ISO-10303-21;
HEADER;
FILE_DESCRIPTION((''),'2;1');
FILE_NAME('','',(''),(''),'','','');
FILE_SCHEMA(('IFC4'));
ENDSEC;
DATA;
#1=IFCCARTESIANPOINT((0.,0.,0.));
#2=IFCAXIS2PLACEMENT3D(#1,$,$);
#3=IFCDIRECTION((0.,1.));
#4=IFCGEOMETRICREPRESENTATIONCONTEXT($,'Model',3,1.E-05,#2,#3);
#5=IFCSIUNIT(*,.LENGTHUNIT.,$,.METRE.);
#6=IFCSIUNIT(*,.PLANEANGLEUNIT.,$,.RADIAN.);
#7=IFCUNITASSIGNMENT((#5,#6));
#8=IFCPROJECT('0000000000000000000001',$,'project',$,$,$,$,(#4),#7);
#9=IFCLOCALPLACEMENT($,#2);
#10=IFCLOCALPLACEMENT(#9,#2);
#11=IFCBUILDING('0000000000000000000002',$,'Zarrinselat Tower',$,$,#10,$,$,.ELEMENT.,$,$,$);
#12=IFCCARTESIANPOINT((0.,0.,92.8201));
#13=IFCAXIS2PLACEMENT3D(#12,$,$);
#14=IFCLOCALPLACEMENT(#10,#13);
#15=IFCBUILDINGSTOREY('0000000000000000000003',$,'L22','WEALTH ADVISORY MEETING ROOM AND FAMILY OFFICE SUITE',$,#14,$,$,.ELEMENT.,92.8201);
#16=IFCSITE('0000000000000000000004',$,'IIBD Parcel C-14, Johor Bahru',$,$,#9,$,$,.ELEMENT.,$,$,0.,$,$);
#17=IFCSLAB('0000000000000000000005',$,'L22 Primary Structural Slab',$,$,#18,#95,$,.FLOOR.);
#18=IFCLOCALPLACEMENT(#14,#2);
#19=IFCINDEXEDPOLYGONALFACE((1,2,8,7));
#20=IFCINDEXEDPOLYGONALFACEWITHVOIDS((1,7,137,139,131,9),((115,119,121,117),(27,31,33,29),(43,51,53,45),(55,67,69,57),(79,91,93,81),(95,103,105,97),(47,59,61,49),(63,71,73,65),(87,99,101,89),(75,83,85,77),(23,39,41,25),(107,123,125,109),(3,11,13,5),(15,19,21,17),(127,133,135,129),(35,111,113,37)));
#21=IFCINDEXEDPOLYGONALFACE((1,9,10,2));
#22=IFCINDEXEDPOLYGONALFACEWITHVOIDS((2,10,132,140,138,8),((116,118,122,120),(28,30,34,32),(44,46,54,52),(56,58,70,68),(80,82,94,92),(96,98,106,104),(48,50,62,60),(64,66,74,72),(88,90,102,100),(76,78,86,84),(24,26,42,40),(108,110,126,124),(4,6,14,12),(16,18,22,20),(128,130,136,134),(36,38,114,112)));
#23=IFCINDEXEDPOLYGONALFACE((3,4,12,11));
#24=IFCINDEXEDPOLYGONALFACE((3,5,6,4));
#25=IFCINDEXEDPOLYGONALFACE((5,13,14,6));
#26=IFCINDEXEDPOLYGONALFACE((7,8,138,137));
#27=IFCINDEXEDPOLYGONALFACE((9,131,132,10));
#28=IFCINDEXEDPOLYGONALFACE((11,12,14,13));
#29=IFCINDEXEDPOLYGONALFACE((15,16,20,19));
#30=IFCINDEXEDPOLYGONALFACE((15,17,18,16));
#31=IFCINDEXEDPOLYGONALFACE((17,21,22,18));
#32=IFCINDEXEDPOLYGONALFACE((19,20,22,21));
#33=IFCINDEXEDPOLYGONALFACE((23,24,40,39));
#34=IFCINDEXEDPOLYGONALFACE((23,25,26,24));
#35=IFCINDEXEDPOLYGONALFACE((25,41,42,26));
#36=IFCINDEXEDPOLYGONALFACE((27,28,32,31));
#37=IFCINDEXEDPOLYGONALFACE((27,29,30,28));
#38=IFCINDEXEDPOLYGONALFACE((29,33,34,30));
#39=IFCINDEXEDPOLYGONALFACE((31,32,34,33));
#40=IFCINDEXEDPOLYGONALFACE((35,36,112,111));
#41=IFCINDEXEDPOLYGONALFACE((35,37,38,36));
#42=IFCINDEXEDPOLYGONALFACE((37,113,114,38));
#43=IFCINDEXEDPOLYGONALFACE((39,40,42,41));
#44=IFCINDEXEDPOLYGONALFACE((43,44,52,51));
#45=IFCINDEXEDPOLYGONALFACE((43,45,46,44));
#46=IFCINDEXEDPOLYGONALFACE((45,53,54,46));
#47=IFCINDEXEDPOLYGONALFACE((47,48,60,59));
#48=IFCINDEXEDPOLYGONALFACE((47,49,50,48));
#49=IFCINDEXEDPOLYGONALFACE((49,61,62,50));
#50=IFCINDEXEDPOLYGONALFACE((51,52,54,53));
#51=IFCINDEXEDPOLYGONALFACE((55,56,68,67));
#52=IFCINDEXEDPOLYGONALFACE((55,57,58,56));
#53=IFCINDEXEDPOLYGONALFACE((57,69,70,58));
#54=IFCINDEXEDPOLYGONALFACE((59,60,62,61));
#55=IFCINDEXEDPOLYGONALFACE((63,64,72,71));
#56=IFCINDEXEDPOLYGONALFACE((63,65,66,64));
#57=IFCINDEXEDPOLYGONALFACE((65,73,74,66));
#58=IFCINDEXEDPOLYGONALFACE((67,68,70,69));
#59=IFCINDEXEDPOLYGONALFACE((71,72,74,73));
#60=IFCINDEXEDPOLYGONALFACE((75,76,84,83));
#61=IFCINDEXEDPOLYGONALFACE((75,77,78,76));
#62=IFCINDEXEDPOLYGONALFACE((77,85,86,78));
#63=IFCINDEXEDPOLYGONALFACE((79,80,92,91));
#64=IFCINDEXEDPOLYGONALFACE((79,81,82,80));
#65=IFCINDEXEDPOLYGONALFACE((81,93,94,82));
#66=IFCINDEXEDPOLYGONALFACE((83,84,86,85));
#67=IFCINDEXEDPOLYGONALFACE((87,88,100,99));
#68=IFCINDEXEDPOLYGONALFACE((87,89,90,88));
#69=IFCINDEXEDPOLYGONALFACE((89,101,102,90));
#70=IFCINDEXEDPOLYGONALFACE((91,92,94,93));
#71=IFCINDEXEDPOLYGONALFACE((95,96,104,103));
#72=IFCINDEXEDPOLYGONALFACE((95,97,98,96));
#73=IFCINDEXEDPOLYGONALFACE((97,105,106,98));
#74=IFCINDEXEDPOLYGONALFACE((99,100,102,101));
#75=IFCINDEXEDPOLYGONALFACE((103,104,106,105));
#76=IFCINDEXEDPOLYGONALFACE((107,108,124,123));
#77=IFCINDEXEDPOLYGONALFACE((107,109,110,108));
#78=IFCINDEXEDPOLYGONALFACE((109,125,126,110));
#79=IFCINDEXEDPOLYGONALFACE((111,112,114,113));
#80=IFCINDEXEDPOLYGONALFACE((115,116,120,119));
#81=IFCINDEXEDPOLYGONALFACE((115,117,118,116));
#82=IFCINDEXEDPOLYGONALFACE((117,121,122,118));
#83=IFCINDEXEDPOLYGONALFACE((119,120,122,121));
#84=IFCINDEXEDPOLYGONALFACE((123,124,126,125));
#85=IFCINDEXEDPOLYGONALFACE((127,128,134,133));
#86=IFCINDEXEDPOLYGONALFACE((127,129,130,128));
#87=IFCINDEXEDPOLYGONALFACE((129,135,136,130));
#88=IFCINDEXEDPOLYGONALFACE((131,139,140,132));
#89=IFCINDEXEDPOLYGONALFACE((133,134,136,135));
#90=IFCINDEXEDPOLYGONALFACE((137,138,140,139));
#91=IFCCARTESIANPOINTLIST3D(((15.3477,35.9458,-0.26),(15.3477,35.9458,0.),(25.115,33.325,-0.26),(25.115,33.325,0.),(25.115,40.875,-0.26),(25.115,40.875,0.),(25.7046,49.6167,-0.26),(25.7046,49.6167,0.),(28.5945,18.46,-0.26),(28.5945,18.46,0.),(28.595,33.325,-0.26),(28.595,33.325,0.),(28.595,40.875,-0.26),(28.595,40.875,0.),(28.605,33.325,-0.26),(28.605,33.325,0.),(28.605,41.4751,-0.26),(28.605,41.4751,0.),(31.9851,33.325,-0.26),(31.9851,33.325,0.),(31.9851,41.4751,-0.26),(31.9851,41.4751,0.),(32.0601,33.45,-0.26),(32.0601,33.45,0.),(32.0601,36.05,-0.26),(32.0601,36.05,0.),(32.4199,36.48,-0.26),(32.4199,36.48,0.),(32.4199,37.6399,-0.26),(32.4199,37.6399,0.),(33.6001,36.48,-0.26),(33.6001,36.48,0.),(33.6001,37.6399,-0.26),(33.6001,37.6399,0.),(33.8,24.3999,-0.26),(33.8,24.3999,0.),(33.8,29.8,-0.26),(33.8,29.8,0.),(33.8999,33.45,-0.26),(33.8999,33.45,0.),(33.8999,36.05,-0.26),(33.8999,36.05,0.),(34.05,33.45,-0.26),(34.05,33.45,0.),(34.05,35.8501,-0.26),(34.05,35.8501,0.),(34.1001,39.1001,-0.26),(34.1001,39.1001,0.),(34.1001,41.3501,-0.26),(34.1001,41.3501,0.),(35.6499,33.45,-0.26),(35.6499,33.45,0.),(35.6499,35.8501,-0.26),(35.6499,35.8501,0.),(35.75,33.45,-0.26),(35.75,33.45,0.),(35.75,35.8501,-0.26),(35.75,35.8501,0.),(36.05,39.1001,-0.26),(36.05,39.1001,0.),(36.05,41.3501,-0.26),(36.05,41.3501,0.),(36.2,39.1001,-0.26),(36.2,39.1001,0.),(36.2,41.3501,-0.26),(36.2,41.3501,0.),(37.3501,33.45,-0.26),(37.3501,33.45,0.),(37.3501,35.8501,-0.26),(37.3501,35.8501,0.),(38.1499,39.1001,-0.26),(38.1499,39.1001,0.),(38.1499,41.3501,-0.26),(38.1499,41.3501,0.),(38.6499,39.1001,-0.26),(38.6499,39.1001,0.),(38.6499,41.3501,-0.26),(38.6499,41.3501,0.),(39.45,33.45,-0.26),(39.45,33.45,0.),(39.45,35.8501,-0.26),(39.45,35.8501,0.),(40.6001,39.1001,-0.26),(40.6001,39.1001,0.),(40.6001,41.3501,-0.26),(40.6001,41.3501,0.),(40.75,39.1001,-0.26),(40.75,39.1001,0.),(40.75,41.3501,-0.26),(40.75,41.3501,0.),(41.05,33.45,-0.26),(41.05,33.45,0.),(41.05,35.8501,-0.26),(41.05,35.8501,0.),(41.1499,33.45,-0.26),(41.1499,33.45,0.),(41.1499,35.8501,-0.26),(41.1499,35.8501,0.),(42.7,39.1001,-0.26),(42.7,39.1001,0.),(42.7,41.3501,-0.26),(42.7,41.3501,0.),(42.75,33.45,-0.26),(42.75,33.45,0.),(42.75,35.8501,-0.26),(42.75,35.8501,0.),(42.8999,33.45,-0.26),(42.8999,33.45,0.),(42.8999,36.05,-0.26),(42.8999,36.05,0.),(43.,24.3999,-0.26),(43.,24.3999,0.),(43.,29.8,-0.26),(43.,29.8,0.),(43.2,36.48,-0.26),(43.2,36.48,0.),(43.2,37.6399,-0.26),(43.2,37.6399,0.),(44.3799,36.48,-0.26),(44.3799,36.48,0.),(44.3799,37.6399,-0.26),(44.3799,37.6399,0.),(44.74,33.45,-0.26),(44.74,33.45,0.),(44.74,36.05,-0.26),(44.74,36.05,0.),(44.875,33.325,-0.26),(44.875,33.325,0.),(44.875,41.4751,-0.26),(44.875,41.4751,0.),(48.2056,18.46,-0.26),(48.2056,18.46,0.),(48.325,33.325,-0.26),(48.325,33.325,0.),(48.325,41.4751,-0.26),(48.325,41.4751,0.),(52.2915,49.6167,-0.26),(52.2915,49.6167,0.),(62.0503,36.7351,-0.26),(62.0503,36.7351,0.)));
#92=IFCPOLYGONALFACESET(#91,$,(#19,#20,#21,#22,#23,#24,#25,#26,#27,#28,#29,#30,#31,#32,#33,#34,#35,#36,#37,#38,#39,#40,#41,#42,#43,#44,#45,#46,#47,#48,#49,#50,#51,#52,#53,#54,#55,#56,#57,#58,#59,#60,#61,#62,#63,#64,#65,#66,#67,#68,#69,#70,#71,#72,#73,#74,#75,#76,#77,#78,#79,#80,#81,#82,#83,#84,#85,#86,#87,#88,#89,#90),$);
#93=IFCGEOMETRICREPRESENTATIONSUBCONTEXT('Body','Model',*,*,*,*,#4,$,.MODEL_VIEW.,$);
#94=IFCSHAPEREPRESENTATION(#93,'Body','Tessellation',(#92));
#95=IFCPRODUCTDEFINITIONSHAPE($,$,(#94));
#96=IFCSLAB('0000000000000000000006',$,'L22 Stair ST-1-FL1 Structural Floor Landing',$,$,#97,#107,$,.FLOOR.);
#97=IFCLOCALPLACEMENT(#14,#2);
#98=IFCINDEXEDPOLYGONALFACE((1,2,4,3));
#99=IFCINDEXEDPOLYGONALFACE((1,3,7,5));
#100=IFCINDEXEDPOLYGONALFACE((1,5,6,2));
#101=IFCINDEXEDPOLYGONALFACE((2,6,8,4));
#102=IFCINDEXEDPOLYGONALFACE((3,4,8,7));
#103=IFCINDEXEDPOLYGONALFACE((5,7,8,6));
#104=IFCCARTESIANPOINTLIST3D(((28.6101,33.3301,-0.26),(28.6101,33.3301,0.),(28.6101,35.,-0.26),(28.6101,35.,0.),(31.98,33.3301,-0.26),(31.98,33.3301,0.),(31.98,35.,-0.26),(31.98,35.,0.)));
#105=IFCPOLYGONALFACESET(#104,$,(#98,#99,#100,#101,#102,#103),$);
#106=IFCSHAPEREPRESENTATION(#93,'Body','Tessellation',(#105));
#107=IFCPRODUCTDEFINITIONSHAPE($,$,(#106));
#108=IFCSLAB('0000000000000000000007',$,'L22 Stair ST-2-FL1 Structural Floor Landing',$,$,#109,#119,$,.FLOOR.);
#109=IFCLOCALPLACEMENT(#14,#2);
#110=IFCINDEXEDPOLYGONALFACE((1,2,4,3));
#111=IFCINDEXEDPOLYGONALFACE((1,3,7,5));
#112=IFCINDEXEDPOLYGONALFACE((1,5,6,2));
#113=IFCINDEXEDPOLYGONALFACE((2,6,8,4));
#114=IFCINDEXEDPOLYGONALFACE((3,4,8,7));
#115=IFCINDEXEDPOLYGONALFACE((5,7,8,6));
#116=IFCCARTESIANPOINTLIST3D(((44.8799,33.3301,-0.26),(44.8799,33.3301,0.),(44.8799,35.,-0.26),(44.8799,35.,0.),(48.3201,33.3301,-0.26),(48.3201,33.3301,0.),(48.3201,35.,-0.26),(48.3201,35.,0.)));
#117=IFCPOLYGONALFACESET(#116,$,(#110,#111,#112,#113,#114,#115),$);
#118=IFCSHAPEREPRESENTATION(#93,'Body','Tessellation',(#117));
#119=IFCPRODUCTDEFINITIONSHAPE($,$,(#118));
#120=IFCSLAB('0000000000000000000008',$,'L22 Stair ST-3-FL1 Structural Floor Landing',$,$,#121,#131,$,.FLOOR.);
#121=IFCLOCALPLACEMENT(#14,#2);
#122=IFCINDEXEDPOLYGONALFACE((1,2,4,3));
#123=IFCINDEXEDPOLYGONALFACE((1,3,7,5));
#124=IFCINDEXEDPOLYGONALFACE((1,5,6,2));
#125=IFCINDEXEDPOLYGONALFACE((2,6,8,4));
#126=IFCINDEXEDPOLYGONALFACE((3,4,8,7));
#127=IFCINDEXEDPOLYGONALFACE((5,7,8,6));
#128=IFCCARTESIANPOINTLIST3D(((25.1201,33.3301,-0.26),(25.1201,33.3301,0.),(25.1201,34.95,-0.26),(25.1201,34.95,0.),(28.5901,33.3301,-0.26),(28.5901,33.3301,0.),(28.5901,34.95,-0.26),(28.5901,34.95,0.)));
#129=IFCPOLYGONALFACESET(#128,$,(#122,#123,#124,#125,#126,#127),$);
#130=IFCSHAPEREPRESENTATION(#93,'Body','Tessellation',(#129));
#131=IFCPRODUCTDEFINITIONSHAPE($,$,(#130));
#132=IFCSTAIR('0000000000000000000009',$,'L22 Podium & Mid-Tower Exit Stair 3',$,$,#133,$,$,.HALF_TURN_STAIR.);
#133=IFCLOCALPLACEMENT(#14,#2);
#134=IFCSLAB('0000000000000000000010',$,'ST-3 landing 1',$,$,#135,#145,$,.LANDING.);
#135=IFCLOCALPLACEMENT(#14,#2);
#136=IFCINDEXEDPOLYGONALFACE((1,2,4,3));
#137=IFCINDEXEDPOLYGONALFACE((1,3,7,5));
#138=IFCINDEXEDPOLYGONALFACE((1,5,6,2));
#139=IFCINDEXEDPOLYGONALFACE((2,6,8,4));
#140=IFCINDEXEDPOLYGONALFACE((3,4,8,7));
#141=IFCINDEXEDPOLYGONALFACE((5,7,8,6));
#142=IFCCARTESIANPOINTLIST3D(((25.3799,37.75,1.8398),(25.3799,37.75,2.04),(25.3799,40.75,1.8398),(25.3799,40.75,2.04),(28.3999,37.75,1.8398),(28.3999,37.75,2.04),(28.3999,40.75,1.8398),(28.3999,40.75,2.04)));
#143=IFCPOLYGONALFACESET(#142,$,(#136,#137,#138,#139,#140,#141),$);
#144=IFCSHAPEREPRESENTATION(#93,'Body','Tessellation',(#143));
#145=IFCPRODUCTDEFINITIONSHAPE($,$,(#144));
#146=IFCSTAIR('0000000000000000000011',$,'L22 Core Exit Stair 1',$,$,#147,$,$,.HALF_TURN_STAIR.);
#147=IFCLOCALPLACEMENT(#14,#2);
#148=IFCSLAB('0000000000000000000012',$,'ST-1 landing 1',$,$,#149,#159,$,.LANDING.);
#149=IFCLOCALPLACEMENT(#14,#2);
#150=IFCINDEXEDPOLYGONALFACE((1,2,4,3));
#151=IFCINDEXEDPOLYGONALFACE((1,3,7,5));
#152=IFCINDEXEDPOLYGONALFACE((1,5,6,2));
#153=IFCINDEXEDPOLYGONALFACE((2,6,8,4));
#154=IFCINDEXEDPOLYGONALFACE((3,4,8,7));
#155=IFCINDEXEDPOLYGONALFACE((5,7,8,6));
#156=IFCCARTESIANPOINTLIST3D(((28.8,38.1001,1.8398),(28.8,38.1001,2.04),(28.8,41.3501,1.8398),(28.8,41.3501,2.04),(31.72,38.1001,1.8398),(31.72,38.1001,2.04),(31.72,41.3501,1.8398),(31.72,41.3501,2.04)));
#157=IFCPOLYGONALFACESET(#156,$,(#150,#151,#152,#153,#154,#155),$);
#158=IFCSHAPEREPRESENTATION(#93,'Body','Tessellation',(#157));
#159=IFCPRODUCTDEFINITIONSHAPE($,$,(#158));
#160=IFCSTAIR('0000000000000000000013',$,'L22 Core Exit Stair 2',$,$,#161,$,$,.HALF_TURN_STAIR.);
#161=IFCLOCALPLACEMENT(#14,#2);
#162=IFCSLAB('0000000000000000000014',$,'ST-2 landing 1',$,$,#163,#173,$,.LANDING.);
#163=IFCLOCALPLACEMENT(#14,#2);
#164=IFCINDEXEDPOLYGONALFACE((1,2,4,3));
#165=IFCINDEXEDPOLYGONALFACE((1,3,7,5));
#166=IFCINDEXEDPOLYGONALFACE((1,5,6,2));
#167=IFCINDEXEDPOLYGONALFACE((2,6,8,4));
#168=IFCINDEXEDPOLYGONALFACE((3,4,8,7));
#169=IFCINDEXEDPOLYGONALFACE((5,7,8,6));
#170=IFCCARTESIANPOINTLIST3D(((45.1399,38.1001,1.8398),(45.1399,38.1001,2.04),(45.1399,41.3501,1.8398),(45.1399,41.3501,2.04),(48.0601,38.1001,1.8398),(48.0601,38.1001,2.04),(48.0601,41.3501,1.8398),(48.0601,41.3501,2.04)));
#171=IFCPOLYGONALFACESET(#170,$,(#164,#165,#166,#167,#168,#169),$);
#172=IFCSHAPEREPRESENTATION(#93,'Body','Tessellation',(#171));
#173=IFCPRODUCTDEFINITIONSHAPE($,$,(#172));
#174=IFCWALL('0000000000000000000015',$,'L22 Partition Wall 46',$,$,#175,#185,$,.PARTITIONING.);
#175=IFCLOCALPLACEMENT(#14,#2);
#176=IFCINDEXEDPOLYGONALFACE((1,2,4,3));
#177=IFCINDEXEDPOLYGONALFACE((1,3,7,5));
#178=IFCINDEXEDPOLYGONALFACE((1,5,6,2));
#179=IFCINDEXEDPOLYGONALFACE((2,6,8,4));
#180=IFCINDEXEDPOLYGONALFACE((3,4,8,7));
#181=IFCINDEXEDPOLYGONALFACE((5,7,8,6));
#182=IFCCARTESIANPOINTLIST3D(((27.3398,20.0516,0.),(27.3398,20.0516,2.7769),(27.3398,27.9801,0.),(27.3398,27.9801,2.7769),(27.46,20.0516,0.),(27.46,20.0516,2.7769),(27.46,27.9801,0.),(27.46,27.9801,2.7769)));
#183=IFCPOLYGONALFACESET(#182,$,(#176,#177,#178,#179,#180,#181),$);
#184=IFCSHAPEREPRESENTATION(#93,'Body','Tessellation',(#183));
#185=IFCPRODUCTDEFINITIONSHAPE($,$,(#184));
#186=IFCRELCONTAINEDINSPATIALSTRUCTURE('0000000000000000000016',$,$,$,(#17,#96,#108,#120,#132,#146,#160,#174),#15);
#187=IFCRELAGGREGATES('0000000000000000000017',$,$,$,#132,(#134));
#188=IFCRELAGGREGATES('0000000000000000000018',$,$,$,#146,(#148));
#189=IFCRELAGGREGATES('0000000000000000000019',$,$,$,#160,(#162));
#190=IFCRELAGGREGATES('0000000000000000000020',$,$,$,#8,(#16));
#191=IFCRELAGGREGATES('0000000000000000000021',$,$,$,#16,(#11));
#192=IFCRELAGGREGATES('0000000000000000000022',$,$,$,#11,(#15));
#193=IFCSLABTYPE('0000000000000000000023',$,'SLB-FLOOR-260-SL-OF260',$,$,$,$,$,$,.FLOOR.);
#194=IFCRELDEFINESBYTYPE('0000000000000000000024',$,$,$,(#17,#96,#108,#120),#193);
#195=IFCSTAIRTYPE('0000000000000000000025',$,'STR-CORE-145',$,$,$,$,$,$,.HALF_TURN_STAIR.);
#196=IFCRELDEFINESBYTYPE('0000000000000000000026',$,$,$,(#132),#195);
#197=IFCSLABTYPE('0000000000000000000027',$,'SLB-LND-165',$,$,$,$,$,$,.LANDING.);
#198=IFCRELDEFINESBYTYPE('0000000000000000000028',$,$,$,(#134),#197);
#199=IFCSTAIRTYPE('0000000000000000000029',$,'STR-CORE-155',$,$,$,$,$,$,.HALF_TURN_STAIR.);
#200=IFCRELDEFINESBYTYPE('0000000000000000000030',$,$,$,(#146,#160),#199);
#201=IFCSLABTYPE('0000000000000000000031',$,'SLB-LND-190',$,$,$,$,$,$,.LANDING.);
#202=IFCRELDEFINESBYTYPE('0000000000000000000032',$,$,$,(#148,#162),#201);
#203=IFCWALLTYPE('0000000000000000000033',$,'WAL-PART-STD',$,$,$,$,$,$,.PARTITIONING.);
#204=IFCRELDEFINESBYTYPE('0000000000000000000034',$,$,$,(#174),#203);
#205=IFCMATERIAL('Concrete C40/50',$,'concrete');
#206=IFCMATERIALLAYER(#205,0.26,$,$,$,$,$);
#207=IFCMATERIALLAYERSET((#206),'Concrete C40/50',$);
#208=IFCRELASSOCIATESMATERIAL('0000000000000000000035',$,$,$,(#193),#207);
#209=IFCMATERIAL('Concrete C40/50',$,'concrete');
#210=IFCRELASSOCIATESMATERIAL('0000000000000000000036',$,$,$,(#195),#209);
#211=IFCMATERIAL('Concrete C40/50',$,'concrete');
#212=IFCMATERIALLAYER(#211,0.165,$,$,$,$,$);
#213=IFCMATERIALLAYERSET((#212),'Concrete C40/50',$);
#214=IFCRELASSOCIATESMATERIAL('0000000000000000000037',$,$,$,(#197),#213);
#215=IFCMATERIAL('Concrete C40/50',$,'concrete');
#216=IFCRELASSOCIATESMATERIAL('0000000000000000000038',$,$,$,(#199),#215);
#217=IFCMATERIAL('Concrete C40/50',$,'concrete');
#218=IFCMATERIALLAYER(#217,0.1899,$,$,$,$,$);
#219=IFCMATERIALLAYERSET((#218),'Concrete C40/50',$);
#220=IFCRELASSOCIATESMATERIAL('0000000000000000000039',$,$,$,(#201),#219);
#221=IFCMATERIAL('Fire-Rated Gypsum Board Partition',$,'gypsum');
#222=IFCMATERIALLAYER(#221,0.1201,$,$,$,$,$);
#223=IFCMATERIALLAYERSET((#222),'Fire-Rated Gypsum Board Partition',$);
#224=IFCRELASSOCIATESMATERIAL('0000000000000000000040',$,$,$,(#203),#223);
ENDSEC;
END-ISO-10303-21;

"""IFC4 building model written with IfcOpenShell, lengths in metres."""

from ifc_helpers import new_model, si_unit, direction, frame, frame_2d, origin, place, context, subcontext, project, spatial, polyline, rectangle, outline, extrude, material, layer, layer_set, type_object, element, aggregate, save


model = new_model("IFC4")

# Units and contexts
model_context = context("Model", 3, precision=1e-05, world=origin(), true_north=direction((0.0, 1.0)))
body_context = subcontext(model_context, "Body", "Model", "MODEL_VIEW")
ifc_project = project(units=[si_unit("LENGTHUNIT", "METRE"), si_unit("PLANEANGLEUNIT", "RADIAN")], contexts=[model_context])

# Site, building, storey
site_placement = place(None, origin())
site = spatial("IfcSite", under=ifc_project, at=site_placement, Name="IIBD Parcel C-14, Johor Bahru", CompositionType="ELEMENT", RefElevation=0.0)
building_placement = place(site_placement, origin())
building = spatial("IfcBuilding", under=site, at=building_placement, Name="Zarrinselat Tower", CompositionType="ELEMENT")
storey_placement = place(building_placement, frame((0.0, 0.0, 92.8201)))
storey = spatial("IfcBuildingStorey", under=building, at=storey_placement, Name="L22", Description="WEALTH ADVISORY MEETING ROOM AND FAMILY OFFICE SUITE", CompositionType="ELEMENT", Elevation=92.8201)

# Slabs
ifc_material_1 = material(Name="Concrete C40/50", Category="concrete")
ifc_layer_1 = layer(ifc_material_1, 0.26)
ifc_layer_set_1 = layer_set([ifc_layer_1], Name="Concrete C40/50")
slab_type_1 = type_object("IfcSlabType", Name="SLB-FLOOR-260-SL-OF260", PredefinedType="FLOOR", material=ifc_layer_set_1)
slab_1_placement = place(storey_placement, frame((0.0, 0.0, -0.26)))
element("IfcSlab", 1, at=slab_1_placement, inside=storey, type_object=slab_type_1, Name="L22 Primary Structural Slab", PredefinedType="FLOOR", context=body_context, shape_type="SweptSolid", body=[
    extrude(outline(polyline([(52.2915, 49.6167), (25.7046, 49.6167), (15.3477, 35.9458), (28.5945, 18.46), (48.2056, 18.46), (62.0503, 36.7351), (52.2915, 49.6167)]), holes=[polyline([(34.05, 33.45), (34.05, 35.8501), (35.6499, 35.8501), (35.6499, 33.45), (34.05, 33.45)]), polyline([(35.75, 33.45), (35.75, 35.8501), (37.3501, 35.8501), (37.3501, 33.45), (35.75, 33.45)]), polyline([(32.0601, 33.45), (32.0601, 36.05), (33.8999, 36.05), (33.8999, 33.45), (32.0601, 33.45)]), polyline([(32.4199, 36.48), (32.4199, 37.6399), (33.6001, 37.6399), (33.6001, 36.48), (32.4199, 36.48)]), polyline([(28.595, 33.325), (25.115, 33.325), (25.115, 40.875), (28.595, 40.875), (28.595, 33.325)]), polyline([(31.9851, 33.325), (28.605, 33.325), (28.605, 41.4751), (31.9851, 41.4751), (31.9851, 33.325)]), polyline([(34.1001, 39.1001), (34.1001, 41.3501), (36.05, 41.3501), (36.05, 39.1001), (34.1001, 39.1001)]), polyline([(36.2, 39.1001), (36.2, 41.3501), (38.1499, 41.3501), (38.1499, 39.1001), (36.2, 39.1001)]), polyline([(33.8, 24.3999), (33.8, 29.8), (43.0, 29.8), (43.0, 24.3999), (33.8, 24.3999)]), polyline([(39.45, 33.45), (39.45, 35.8501), (41.05, 35.8501), (41.05, 33.45), (39.45, 33.45)]), polyline([(41.1499, 33.45), (41.1499, 35.8501), (42.75, 35.8501), (42.75, 33.45), (41.1499, 33.45)]), polyline([(42.8999, 33.45), (42.8999, 36.05), (44.74, 36.05), (44.74, 33.45), (42.8999, 33.45)]), polyline([(43.2, 36.48), (43.2, 37.6399), (44.3799, 37.6399), (44.3799, 36.48), (43.2, 36.48)]), polyline([(48.325, 33.325), (44.875, 33.325), (44.875, 41.4751), (48.325, 41.4751), (48.325, 33.325)]), polyline([(38.6499, 39.1001), (38.6499, 41.3501), (40.6001, 41.3501), (40.6001, 39.1001), (38.6499, 39.1001)]), polyline([(40.75, 39.1001), (40.75, 41.3501), (42.7, 41.3501), (42.7, 39.1001), (40.75, 39.1001)])]), origin(), (0.0, 0.0, 1.0), 0.26),
])
slab_2_placement = place(storey_placement, frame((0.0, 0.0, -0.26)))
element("IfcSlab", 2, at=slab_2_placement, inside=storey, type_object=slab_type_1, Name="L22 Stair ST-1-FL1 Structural Floor Landing", PredefinedType="FLOOR", context=body_context, shape_type="SweptSolid", body=[
    extrude(outline(polyline([(31.98, 33.3301), (31.98, 35.0), (28.6101, 35.0), (28.6101, 33.3301), (31.98, 33.3301)])), origin(), (0.0, 0.0, 1.0), 0.26),
])
slab_3_placement = place(storey_placement, frame((0.0, 0.0, -0.26)))
element("IfcSlab", 3, at=slab_3_placement, inside=storey, type_object=slab_type_1, Name="L22 Stair ST-2-FL1 Structural Floor Landing", PredefinedType="FLOOR", context=body_context, shape_type="SweptSolid", body=[
    extrude(outline(polyline([(48.3201, 33.3301), (48.3201, 35.0), (44.8799, 35.0), (44.8799, 33.3301), (48.3201, 33.3301)])), origin(), (0.0, 0.0, 1.0), 0.26),
])
slab_4_placement = place(storey_placement, frame((0.0, 0.0, -0.26)))
element("IfcSlab", 4, at=slab_4_placement, inside=storey, type_object=slab_type_1, Name="L22 Stair ST-3-FL1 Structural Floor Landing", PredefinedType="FLOOR", context=body_context, shape_type="SweptSolid", body=[
    extrude(outline(polyline([(28.5901, 33.3301), (28.5901, 34.95), (25.1201, 34.95), (25.1201, 33.3301), (28.5901, 33.3301)])), origin(), (0.0, 0.0, 1.0), 0.26),
])

# Stairs, slabs
ifc_material_2 = material(Name="Concrete C40/50", Category="concrete")
stair_type_1 = type_object("IfcStairType", Name="STR-CORE-145", PredefinedType="HALF_TURN_STAIR", material=ifc_material_2)
stair_1_placement = place(storey_placement, origin())
stair_1 = element("IfcStair", 5, at=stair_1_placement, inside=storey, type_object=stair_type_1, Name="L22 Podium & Mid-Tower Exit Stair 3", PredefinedType="HALF_TURN_STAIR")
ifc_material_3 = material(Name="Concrete C40/50", Category="concrete")
ifc_layer_2 = layer(ifc_material_3, 0.165)
ifc_layer_set_2 = layer_set([ifc_layer_2], Name="Concrete C40/50")
slab_type_2 = type_object("IfcSlabType", Name="SLB-LND-165", PredefinedType="LANDING", material=ifc_layer_set_2)
slab_5_placement = place(storey_placement, frame((0.0, 0.0, 1.8398)))
slab_5 = element("IfcSlab", 6, at=slab_5_placement, type_object=slab_type_2, Name="ST-3 landing 1", PredefinedType="LANDING", context=body_context, shape_type="SweptSolid", body=[
    extrude(outline(polyline([(28.3999, 37.75), (28.3999, 40.75), (25.3799, 40.75), (25.3799, 37.75), (28.3999, 37.75)])), origin(), (0.0, 0.0, 1.0), 0.2002),
])
aggregate(stair_1, [slab_5])
ifc_material_4 = material(Name="Concrete C40/50", Category="concrete")
stair_type_2 = type_object("IfcStairType", Name="STR-CORE-155", PredefinedType="HALF_TURN_STAIR", material=ifc_material_4)
stair_2_placement = place(storey_placement, origin())
stair_2 = element("IfcStair", 7, at=stair_2_placement, inside=storey, type_object=stair_type_2, Name="L22 Core Exit Stair 1", PredefinedType="HALF_TURN_STAIR")
ifc_material_5 = material(Name="Concrete C40/50", Category="concrete")
ifc_layer_3 = layer(ifc_material_5, 0.1899)
ifc_layer_set_3 = layer_set([ifc_layer_3], Name="Concrete C40/50")
slab_type_3 = type_object("IfcSlabType", Name="SLB-LND-190", PredefinedType="LANDING", material=ifc_layer_set_3)
slab_6_placement = place(storey_placement, frame((0.0, 0.0, 1.8398)))
slab_6 = element("IfcSlab", 8, at=slab_6_placement, type_object=slab_type_3, Name="ST-1 landing 1", PredefinedType="LANDING", context=body_context, shape_type="SweptSolid", body=[
    extrude(outline(polyline([(31.72, 38.1001), (31.72, 41.3501), (28.8, 41.3501), (28.8, 38.1001), (31.72, 38.1001)])), origin(), (0.0, 0.0, 1.0), 0.2002),
])
aggregate(stair_2, [slab_6])
stair_3_placement = place(storey_placement, origin())
stair_3 = element("IfcStair", 9, at=stair_3_placement, inside=storey, type_object=stair_type_2, Name="L22 Core Exit Stair 2", PredefinedType="HALF_TURN_STAIR")
slab_7_placement = place(storey_placement, frame((0.0, 0.0, 1.8398)))
slab_7 = element("IfcSlab", 10, at=slab_7_placement, type_object=slab_type_3, Name="ST-2 landing 1", PredefinedType="LANDING", context=body_context, shape_type="SweptSolid", body=[
    extrude(outline(polyline([(48.0601, 38.1001), (48.0601, 41.3501), (45.1399, 41.3501), (45.1399, 38.1001), (48.0601, 38.1001)])), origin(), (0.0, 0.0, 1.0), 0.2002),
])
aggregate(stair_3, [slab_7])

# Wall
ifc_material_6 = material(Name="Fire-Rated Gypsum Board Partition", Category="gypsum")
ifc_layer_4 = layer(ifc_material_6, 0.1201)
ifc_layer_set_4 = layer_set([ifc_layer_4], Name="Fire-Rated Gypsum Board Partition")
wall_type = type_object("IfcWallType", Name="WAL-PART-STD", PredefinedType="PARTITIONING", material=ifc_layer_set_4)
wall_placement = place(storey_placement, frame((27.3999, 20.0515, 0.0), z_axis=(0.0, 0.0, 1.0), x_axis=(0.0, 1.0, 0.0)))
element("IfcWall", 11, at=wall_placement, inside=storey, type_object=wall_type, Name="L22 Partition Wall 46", PredefinedType="PARTITIONING", context=body_context, shape_type="SweptSolid", body=[
    extrude(rectangle(XDim=7.9285, YDim=0.1201, at=frame_2d((3.9644, 0.0))), origin(), (0.0, 0.0, 1.0), 2.7769),
])

save(model, "model.ifc")
